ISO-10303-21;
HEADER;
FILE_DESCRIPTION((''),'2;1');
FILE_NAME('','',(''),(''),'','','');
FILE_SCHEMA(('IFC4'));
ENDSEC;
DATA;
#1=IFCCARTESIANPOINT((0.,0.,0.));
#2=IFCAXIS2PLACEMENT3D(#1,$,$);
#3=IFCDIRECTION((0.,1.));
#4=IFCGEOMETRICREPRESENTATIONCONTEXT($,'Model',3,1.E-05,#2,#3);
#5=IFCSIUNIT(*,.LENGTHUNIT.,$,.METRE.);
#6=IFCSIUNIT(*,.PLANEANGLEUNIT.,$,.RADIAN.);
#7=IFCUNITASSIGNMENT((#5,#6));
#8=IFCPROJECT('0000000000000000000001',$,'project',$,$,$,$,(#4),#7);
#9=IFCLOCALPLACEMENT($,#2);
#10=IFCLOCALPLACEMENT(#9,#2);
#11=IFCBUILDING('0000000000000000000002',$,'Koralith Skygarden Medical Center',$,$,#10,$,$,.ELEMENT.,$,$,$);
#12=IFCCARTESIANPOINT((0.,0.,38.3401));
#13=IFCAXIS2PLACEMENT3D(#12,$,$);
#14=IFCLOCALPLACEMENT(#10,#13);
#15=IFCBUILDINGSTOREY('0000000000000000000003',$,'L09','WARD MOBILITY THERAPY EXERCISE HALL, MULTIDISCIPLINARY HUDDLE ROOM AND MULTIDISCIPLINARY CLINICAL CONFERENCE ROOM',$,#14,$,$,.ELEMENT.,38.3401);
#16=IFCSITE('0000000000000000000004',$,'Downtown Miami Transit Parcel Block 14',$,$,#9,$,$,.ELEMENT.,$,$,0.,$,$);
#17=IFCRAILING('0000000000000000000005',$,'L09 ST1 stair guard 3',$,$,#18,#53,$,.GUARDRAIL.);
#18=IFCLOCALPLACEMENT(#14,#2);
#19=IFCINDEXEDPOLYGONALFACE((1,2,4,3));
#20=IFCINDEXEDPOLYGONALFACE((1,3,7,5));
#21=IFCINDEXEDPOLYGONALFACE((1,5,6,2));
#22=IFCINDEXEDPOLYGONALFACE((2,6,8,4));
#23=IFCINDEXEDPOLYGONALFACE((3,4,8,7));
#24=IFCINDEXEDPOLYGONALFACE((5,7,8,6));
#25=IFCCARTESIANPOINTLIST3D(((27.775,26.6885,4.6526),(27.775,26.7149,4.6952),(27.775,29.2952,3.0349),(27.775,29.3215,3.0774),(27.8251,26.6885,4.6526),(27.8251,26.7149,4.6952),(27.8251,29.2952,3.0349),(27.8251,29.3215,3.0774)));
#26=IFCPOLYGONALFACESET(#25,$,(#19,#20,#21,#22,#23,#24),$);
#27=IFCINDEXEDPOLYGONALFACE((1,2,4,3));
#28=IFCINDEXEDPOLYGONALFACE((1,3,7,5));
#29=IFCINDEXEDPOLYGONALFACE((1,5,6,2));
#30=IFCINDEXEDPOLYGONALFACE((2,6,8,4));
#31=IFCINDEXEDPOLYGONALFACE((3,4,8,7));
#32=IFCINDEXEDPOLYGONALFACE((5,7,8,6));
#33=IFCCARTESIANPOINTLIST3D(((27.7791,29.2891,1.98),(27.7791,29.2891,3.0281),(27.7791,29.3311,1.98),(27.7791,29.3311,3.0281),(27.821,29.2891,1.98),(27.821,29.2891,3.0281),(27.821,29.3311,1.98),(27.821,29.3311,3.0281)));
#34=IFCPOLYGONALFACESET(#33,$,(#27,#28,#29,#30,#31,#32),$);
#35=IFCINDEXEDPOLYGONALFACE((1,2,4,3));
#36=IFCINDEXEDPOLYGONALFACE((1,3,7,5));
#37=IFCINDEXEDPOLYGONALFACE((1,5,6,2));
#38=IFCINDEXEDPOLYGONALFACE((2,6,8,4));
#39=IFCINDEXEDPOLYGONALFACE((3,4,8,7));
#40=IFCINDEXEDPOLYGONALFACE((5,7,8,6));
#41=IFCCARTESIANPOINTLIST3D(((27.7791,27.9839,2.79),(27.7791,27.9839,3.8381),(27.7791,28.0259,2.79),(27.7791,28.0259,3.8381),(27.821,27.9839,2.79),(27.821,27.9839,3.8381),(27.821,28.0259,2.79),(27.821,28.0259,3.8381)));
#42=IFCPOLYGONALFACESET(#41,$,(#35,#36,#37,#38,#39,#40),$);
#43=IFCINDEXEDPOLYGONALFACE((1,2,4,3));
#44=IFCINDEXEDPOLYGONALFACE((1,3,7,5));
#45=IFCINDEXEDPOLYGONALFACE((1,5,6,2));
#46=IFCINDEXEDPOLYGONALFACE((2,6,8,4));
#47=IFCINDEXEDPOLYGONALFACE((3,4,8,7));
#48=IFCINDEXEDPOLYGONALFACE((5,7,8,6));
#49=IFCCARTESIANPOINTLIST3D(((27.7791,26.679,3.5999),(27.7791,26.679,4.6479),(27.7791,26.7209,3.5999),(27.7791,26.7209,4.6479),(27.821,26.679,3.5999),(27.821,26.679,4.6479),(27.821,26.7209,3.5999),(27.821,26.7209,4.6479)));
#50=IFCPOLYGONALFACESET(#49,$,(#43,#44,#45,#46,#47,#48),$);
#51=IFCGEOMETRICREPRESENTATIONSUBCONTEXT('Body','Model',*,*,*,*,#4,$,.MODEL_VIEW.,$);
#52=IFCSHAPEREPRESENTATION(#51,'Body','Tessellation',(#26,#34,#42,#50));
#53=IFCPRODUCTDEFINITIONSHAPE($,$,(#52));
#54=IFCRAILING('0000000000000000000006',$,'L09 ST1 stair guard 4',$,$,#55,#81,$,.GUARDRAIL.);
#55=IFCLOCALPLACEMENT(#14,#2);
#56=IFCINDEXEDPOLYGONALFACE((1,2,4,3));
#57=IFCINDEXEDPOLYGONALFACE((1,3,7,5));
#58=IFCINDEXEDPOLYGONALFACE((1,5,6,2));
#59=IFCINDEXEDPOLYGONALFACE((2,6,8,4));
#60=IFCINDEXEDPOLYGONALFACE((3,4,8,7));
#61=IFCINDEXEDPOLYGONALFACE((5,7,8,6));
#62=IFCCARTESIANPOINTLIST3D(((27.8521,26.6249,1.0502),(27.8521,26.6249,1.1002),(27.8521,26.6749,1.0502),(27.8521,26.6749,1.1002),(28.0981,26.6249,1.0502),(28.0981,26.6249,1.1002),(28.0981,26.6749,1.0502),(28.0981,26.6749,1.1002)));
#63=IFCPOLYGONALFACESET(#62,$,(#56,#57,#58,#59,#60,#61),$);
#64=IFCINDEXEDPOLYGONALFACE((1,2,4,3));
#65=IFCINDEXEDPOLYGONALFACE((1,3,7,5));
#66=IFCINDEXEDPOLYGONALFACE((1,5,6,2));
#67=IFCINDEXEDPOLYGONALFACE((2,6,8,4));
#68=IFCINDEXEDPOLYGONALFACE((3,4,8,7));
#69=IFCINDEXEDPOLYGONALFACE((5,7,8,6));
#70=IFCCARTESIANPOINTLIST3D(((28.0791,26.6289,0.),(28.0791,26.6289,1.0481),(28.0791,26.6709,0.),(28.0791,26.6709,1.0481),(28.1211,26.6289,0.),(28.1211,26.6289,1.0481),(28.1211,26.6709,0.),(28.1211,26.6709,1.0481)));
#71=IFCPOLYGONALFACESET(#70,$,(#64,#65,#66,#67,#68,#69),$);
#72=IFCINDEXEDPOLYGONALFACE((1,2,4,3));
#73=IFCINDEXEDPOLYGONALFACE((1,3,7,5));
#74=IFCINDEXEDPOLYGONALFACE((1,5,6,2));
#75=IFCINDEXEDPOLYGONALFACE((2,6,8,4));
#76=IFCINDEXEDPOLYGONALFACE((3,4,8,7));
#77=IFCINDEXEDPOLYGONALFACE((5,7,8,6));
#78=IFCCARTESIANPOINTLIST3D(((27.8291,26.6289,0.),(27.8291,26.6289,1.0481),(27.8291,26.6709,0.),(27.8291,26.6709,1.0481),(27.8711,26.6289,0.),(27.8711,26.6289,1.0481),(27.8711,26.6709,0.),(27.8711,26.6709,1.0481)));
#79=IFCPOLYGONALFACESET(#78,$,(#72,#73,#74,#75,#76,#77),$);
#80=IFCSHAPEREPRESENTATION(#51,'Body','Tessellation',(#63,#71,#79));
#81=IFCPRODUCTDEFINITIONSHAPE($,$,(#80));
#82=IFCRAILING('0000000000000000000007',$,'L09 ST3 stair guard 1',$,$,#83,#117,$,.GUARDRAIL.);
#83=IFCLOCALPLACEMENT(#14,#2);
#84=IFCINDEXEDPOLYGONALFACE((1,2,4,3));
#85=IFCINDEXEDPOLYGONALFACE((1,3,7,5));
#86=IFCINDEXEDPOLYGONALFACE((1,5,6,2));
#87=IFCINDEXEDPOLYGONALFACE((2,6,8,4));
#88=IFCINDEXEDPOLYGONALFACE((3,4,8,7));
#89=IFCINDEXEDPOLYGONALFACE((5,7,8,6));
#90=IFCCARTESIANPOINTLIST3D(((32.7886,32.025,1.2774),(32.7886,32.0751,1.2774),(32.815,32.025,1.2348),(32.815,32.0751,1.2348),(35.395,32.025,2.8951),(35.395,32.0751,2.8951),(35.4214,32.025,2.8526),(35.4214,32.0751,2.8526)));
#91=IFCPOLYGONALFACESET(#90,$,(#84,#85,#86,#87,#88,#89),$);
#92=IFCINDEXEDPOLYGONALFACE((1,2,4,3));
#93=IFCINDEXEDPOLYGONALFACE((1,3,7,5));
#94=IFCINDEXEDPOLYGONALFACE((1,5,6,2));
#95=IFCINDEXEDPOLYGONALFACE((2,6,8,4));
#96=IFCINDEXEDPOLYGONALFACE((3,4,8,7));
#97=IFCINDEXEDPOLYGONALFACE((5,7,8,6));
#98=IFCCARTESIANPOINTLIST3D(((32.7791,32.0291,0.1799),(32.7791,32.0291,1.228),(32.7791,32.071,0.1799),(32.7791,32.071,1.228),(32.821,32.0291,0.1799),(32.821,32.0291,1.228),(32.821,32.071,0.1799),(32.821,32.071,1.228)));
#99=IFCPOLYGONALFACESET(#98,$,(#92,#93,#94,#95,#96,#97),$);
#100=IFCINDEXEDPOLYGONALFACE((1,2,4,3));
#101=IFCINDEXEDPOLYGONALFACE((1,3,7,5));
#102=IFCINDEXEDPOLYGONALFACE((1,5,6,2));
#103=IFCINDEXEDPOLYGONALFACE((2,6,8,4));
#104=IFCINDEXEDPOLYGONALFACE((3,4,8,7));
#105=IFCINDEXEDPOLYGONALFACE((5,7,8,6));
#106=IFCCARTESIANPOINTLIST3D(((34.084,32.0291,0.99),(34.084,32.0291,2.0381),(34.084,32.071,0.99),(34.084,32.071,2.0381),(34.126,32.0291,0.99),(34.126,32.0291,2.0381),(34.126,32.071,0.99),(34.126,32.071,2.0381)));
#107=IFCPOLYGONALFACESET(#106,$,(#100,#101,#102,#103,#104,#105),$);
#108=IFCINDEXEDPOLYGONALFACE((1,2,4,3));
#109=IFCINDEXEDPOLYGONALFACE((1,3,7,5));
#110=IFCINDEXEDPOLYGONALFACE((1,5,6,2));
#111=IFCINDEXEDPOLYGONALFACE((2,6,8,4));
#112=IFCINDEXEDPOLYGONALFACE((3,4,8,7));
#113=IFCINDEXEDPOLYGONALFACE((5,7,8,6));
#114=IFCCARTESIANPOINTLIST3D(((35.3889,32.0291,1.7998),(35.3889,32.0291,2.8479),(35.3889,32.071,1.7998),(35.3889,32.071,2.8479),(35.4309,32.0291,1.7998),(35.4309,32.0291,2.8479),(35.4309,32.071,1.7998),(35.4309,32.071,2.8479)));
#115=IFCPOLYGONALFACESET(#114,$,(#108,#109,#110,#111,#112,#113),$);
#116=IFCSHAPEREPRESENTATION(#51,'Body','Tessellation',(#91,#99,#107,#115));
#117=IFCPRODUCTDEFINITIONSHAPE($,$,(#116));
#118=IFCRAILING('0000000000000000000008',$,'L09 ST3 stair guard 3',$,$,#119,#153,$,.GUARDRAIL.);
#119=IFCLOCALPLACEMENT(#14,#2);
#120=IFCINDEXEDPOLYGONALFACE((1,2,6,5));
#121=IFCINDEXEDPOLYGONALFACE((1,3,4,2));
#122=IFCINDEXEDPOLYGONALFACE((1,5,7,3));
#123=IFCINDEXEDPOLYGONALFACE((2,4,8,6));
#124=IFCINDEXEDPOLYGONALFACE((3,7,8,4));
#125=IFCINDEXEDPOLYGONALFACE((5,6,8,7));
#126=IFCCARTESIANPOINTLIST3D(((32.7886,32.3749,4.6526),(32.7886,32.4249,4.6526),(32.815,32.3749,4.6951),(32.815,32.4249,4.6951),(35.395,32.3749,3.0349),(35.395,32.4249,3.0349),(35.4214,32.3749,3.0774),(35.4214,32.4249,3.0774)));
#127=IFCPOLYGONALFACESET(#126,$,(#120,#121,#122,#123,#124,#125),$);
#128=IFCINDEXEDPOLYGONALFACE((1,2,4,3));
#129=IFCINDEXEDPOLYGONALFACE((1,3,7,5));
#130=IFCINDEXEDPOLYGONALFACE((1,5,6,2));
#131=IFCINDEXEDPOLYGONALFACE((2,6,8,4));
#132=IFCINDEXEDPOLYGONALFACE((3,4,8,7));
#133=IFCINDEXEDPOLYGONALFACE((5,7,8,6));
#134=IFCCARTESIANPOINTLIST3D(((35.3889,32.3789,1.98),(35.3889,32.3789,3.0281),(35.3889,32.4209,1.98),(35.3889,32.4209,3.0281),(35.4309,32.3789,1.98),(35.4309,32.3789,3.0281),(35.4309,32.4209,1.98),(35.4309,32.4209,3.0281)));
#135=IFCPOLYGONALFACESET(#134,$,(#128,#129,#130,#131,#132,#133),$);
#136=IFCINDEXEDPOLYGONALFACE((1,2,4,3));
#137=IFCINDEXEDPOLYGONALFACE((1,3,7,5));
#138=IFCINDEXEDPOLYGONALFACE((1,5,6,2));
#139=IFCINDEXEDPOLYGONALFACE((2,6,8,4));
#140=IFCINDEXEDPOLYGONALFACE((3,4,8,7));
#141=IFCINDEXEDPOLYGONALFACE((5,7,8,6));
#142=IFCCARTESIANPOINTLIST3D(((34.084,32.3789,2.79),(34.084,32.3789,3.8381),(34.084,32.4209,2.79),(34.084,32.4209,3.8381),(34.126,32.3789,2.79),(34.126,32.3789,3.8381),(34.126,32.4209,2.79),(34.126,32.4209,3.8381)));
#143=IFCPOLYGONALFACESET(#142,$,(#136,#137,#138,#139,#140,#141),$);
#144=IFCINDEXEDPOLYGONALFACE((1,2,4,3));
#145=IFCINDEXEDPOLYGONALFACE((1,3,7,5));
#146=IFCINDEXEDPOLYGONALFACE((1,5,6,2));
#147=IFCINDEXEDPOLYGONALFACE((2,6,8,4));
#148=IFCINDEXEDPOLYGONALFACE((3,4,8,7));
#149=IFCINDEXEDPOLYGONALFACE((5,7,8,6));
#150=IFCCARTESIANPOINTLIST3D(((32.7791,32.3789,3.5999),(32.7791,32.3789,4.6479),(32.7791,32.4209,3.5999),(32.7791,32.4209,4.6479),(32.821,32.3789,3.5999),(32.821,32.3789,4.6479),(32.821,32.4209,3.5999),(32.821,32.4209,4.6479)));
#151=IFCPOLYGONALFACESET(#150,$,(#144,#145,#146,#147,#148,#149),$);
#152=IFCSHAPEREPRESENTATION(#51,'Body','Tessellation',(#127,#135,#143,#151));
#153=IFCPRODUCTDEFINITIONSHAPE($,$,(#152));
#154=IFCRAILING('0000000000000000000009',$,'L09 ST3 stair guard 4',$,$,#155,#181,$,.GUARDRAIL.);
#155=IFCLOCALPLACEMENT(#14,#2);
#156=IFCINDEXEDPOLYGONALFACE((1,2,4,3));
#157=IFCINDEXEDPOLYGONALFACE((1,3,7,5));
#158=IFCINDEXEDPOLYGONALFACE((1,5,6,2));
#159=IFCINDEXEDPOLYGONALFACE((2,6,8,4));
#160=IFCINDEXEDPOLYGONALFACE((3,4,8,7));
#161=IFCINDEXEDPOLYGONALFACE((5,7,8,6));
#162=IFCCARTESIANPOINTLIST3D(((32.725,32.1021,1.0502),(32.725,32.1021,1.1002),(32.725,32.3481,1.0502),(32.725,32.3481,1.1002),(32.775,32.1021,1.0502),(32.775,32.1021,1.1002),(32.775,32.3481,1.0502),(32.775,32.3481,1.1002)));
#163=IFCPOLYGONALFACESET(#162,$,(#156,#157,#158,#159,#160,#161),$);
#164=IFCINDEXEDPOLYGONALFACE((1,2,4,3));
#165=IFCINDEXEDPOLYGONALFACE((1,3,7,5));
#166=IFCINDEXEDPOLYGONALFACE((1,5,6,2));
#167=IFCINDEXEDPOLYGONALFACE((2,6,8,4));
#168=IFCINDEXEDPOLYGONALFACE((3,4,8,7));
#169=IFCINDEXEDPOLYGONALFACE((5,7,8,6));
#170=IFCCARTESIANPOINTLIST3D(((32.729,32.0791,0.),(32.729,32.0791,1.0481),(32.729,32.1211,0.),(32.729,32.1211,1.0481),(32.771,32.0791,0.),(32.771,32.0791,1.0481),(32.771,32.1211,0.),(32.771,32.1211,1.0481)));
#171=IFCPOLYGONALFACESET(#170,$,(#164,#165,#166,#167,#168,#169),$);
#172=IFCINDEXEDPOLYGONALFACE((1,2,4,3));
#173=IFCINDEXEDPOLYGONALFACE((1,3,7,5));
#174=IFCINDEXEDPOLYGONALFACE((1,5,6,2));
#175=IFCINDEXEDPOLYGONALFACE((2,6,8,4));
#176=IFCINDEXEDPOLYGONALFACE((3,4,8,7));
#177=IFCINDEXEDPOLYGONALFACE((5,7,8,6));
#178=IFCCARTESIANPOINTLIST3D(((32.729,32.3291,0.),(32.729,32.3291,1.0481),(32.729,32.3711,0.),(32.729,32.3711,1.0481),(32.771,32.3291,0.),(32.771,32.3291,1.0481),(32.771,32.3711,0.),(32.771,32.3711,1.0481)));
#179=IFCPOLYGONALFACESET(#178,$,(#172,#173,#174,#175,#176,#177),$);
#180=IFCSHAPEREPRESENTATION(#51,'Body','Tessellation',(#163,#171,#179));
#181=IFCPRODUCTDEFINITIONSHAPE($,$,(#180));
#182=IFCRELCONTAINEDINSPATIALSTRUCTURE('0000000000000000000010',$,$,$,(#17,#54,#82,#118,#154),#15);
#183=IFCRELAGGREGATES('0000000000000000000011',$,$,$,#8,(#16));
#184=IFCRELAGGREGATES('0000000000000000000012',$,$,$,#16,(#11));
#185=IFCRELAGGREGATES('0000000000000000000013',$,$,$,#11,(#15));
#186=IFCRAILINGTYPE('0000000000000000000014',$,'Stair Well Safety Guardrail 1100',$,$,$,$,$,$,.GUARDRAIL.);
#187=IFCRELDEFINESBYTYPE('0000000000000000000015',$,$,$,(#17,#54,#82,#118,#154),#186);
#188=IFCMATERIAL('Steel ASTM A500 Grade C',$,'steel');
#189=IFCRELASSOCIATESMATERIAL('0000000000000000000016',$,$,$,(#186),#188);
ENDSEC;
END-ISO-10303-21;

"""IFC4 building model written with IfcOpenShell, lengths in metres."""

from ifc_helpers import new_model, si_unit, direction, frame, origin, origin_2d, place, context, subcontext, project, spatial, rectangle, extrude, material, type_object, element, save


model = new_model("IFC4")

# Units and contexts
model_context = context("Model", 3, precision=1e-05, world=origin(), true_north=direction((0.0, 1.0)))
body_context = subcontext(model_context, "Body", "Model", "MODEL_VIEW")
ifc_project = project(units=[si_unit("LENGTHUNIT", "METRE"), si_unit("PLANEANGLEUNIT", "RADIAN")], contexts=[model_context])

# Site, building, storey
site_placement = place(None, origin())
site = spatial("IfcSite", under=ifc_project, at=site_placement, Name="Downtown Miami Transit Parcel Block 14", CompositionType="ELEMENT", RefElevation=0.0)
building_placement = place(site_placement, origin())
building = spatial("IfcBuilding", under=site, at=building_placement, Name="Koralith Skygarden Medical Center", CompositionType="ELEMENT")
storey_placement = place(building_placement, frame((0.0, 0.0, 38.3401)))
storey = spatial("IfcBuildingStorey", under=building, at=storey_placement, Name="L09", Description="WARD MOBILITY THERAPY EXERCISE HALL, MULTIDISCIPLINARY HUDDLE ROOM AND MULTIDISCIPLINARY CLINICAL CONFERENCE ROOM", CompositionType="ELEMENT", Elevation=38.3401)

# Railings
ifc_material_1 = material(Name="Steel ASTM A500 Grade C", Category="steel")
railing_type_1 = type_object("IfcRailingType", Name="Stair Well Safety Guardrail 1100", PredefinedType="GUARDRAIL", material=ifc_material_1)
railing_1_placement = place(storey_placement, frame((27.8, 29.3101, 1.98)))
element("IfcRailing", 1, at=railing_1_placement, inside=storey, type_object=railing_type_1, Name="L09 ST1 stair guard 3", PredefinedType="GUARDRAIL", context=body_context, shape_type="SweptSolid", body=[
    extrude(rectangle(XDim=0.05, YDim=0.05, at=origin_2d()), frame((0.0, -0.0017, 1.0762), z_axis=(0.0, -0.849668, 0.527317), x_axis=(1.0, 0.0, 0.0)), (0.0, 0.0, 1.0), 3.0679),
    extrude(rectangle(XDim=0.042, YDim=0.042, at=origin_2d()), origin(), (0.0, 0.0, 1.0), 1.0481),
    extrude(rectangle(XDim=0.042, YDim=0.042, at=origin_2d()), frame((0.0, -1.3052, 0.8101)), (0.0, 0.0, 1.0), 1.0481),
    extrude(rectangle(XDim=0.042, YDim=0.042, at=origin_2d()), frame((0.0, -2.6101, 1.6199)), (0.0, 0.0, 1.0), 1.0481),
])
railing_2_placement = place(storey_placement, frame((28.1001, 26.6499, 0.0)))
element("IfcRailing", 2, at=railing_2_placement, inside=storey, type_object=railing_type_1, Name="L09 ST1 stair guard 4", PredefinedType="GUARDRAIL", context=body_context, shape_type="SweptSolid", body=[
    extrude(rectangle(XDim=0.05, YDim=0.05, at=origin_2d()), frame((-0.002, 0.0, 1.0752), z_axis=(-1.0, 0.0, 0.0), x_axis=(0.0, -1.0, 0.0)), (0.0, 0.0, 1.0), 0.2461),
    extrude(rectangle(XDim=0.042, YDim=0.042, at=origin_2d()), origin(), (0.0, 0.0, 1.0), 1.0481),
    extrude(rectangle(XDim=0.042, YDim=0.042, at=origin_2d()), frame((-0.25, 0.0, 0.0)), (0.0, 0.0, 1.0), 1.0481),
])
railing_3_placement = place(storey_placement, frame((32.8, 32.05, 0.1799)))
element("IfcRailing", 3, at=railing_3_placement, inside=storey, type_object=railing_type_1, Name="L09 ST3 stair guard 1", PredefinedType="GUARDRAIL", context=body_context, shape_type="SweptSolid", body=[
    extrude(rectangle(XDim=0.05, YDim=0.05, at=origin_2d()), frame((0.0017, 0.0, 1.0762), z_axis=(0.849646, 0.0, 0.527353), x_axis=(0.0, 1.0, 0.0)), (0.0, 0.0, 1.0), 3.0676),
    extrude(rectangle(XDim=0.042, YDim=0.042, at=origin_2d()), origin(), (0.0, 0.0, 1.0), 1.0481),
    extrude(rectangle(XDim=0.042, YDim=0.042, at=origin_2d()), frame((1.3049, 0.0, 0.8101)), (0.0, 0.0, 1.0), 1.0481),
    extrude(rectangle(XDim=0.042, YDim=0.042, at=origin_2d()), frame((2.6099, 0.0, 1.6199)), (0.0, 0.0, 1.0), 1.0481),
])
railing_4_placement = place(storey_placement, frame((35.4099, 32.3999, 1.98)))
element("IfcRailing", 4, at=railing_4_placement, inside=storey, type_object=railing_type_1, Name="L09 ST3 stair guard 3", PredefinedType="GUARDRAIL", context=body_context, shape_type="SweptSolid", body=[
    extrude(rectangle(XDim=0.05, YDim=0.05, at=origin_2d()), frame((-0.0017, 0.0, 1.0762), z_axis=(-0.849646, 0.0, 0.527353), x_axis=(0.0, -1.0, 0.0)), (0.0, 0.0, 1.0), 3.0676),
    extrude(rectangle(XDim=0.042, YDim=0.042, at=origin_2d()), origin(), (0.0, 0.0, 1.0), 1.0481),
    extrude(rectangle(XDim=0.042, YDim=0.042, at=origin_2d()), frame((-1.3049, 0.0, 0.8101)), (0.0, 0.0, 1.0), 1.0481),
    extrude(rectangle(XDim=0.042, YDim=0.042, at=origin_2d()), frame((-2.6099, 0.0, 1.6199)), (0.0, 0.0, 1.0), 1.0481),
])
railing_5_placement = place(storey_placement, frame((32.75, 32.1001, 0.0)))
element("IfcRailing", 5, at=railing_5_placement, inside=storey, type_object=railing_type_1, Name="L09 ST3 stair guard 4", PredefinedType="GUARDRAIL", context=body_context, shape_type="SweptSolid", body=[
    extrude(rectangle(XDim=0.05, YDim=0.05, at=origin_2d()), frame((0.0, 0.002, 1.0752), z_axis=(0.0, 1.0, 0.0), x_axis=(-1.0, 0.0, 0.0)), (0.0, 0.0, 1.0), 0.2461),
    extrude(rectangle(XDim=0.042, YDim=0.042, at=origin_2d()), origin(), (0.0, 0.0, 1.0), 1.0481),
    extrude(rectangle(XDim=0.042, YDim=0.042, at=origin_2d()), frame((0.0, 0.25, 0.0)), (0.0, 0.0, 1.0), 1.0481),
])

save(model, "model.ifc")
